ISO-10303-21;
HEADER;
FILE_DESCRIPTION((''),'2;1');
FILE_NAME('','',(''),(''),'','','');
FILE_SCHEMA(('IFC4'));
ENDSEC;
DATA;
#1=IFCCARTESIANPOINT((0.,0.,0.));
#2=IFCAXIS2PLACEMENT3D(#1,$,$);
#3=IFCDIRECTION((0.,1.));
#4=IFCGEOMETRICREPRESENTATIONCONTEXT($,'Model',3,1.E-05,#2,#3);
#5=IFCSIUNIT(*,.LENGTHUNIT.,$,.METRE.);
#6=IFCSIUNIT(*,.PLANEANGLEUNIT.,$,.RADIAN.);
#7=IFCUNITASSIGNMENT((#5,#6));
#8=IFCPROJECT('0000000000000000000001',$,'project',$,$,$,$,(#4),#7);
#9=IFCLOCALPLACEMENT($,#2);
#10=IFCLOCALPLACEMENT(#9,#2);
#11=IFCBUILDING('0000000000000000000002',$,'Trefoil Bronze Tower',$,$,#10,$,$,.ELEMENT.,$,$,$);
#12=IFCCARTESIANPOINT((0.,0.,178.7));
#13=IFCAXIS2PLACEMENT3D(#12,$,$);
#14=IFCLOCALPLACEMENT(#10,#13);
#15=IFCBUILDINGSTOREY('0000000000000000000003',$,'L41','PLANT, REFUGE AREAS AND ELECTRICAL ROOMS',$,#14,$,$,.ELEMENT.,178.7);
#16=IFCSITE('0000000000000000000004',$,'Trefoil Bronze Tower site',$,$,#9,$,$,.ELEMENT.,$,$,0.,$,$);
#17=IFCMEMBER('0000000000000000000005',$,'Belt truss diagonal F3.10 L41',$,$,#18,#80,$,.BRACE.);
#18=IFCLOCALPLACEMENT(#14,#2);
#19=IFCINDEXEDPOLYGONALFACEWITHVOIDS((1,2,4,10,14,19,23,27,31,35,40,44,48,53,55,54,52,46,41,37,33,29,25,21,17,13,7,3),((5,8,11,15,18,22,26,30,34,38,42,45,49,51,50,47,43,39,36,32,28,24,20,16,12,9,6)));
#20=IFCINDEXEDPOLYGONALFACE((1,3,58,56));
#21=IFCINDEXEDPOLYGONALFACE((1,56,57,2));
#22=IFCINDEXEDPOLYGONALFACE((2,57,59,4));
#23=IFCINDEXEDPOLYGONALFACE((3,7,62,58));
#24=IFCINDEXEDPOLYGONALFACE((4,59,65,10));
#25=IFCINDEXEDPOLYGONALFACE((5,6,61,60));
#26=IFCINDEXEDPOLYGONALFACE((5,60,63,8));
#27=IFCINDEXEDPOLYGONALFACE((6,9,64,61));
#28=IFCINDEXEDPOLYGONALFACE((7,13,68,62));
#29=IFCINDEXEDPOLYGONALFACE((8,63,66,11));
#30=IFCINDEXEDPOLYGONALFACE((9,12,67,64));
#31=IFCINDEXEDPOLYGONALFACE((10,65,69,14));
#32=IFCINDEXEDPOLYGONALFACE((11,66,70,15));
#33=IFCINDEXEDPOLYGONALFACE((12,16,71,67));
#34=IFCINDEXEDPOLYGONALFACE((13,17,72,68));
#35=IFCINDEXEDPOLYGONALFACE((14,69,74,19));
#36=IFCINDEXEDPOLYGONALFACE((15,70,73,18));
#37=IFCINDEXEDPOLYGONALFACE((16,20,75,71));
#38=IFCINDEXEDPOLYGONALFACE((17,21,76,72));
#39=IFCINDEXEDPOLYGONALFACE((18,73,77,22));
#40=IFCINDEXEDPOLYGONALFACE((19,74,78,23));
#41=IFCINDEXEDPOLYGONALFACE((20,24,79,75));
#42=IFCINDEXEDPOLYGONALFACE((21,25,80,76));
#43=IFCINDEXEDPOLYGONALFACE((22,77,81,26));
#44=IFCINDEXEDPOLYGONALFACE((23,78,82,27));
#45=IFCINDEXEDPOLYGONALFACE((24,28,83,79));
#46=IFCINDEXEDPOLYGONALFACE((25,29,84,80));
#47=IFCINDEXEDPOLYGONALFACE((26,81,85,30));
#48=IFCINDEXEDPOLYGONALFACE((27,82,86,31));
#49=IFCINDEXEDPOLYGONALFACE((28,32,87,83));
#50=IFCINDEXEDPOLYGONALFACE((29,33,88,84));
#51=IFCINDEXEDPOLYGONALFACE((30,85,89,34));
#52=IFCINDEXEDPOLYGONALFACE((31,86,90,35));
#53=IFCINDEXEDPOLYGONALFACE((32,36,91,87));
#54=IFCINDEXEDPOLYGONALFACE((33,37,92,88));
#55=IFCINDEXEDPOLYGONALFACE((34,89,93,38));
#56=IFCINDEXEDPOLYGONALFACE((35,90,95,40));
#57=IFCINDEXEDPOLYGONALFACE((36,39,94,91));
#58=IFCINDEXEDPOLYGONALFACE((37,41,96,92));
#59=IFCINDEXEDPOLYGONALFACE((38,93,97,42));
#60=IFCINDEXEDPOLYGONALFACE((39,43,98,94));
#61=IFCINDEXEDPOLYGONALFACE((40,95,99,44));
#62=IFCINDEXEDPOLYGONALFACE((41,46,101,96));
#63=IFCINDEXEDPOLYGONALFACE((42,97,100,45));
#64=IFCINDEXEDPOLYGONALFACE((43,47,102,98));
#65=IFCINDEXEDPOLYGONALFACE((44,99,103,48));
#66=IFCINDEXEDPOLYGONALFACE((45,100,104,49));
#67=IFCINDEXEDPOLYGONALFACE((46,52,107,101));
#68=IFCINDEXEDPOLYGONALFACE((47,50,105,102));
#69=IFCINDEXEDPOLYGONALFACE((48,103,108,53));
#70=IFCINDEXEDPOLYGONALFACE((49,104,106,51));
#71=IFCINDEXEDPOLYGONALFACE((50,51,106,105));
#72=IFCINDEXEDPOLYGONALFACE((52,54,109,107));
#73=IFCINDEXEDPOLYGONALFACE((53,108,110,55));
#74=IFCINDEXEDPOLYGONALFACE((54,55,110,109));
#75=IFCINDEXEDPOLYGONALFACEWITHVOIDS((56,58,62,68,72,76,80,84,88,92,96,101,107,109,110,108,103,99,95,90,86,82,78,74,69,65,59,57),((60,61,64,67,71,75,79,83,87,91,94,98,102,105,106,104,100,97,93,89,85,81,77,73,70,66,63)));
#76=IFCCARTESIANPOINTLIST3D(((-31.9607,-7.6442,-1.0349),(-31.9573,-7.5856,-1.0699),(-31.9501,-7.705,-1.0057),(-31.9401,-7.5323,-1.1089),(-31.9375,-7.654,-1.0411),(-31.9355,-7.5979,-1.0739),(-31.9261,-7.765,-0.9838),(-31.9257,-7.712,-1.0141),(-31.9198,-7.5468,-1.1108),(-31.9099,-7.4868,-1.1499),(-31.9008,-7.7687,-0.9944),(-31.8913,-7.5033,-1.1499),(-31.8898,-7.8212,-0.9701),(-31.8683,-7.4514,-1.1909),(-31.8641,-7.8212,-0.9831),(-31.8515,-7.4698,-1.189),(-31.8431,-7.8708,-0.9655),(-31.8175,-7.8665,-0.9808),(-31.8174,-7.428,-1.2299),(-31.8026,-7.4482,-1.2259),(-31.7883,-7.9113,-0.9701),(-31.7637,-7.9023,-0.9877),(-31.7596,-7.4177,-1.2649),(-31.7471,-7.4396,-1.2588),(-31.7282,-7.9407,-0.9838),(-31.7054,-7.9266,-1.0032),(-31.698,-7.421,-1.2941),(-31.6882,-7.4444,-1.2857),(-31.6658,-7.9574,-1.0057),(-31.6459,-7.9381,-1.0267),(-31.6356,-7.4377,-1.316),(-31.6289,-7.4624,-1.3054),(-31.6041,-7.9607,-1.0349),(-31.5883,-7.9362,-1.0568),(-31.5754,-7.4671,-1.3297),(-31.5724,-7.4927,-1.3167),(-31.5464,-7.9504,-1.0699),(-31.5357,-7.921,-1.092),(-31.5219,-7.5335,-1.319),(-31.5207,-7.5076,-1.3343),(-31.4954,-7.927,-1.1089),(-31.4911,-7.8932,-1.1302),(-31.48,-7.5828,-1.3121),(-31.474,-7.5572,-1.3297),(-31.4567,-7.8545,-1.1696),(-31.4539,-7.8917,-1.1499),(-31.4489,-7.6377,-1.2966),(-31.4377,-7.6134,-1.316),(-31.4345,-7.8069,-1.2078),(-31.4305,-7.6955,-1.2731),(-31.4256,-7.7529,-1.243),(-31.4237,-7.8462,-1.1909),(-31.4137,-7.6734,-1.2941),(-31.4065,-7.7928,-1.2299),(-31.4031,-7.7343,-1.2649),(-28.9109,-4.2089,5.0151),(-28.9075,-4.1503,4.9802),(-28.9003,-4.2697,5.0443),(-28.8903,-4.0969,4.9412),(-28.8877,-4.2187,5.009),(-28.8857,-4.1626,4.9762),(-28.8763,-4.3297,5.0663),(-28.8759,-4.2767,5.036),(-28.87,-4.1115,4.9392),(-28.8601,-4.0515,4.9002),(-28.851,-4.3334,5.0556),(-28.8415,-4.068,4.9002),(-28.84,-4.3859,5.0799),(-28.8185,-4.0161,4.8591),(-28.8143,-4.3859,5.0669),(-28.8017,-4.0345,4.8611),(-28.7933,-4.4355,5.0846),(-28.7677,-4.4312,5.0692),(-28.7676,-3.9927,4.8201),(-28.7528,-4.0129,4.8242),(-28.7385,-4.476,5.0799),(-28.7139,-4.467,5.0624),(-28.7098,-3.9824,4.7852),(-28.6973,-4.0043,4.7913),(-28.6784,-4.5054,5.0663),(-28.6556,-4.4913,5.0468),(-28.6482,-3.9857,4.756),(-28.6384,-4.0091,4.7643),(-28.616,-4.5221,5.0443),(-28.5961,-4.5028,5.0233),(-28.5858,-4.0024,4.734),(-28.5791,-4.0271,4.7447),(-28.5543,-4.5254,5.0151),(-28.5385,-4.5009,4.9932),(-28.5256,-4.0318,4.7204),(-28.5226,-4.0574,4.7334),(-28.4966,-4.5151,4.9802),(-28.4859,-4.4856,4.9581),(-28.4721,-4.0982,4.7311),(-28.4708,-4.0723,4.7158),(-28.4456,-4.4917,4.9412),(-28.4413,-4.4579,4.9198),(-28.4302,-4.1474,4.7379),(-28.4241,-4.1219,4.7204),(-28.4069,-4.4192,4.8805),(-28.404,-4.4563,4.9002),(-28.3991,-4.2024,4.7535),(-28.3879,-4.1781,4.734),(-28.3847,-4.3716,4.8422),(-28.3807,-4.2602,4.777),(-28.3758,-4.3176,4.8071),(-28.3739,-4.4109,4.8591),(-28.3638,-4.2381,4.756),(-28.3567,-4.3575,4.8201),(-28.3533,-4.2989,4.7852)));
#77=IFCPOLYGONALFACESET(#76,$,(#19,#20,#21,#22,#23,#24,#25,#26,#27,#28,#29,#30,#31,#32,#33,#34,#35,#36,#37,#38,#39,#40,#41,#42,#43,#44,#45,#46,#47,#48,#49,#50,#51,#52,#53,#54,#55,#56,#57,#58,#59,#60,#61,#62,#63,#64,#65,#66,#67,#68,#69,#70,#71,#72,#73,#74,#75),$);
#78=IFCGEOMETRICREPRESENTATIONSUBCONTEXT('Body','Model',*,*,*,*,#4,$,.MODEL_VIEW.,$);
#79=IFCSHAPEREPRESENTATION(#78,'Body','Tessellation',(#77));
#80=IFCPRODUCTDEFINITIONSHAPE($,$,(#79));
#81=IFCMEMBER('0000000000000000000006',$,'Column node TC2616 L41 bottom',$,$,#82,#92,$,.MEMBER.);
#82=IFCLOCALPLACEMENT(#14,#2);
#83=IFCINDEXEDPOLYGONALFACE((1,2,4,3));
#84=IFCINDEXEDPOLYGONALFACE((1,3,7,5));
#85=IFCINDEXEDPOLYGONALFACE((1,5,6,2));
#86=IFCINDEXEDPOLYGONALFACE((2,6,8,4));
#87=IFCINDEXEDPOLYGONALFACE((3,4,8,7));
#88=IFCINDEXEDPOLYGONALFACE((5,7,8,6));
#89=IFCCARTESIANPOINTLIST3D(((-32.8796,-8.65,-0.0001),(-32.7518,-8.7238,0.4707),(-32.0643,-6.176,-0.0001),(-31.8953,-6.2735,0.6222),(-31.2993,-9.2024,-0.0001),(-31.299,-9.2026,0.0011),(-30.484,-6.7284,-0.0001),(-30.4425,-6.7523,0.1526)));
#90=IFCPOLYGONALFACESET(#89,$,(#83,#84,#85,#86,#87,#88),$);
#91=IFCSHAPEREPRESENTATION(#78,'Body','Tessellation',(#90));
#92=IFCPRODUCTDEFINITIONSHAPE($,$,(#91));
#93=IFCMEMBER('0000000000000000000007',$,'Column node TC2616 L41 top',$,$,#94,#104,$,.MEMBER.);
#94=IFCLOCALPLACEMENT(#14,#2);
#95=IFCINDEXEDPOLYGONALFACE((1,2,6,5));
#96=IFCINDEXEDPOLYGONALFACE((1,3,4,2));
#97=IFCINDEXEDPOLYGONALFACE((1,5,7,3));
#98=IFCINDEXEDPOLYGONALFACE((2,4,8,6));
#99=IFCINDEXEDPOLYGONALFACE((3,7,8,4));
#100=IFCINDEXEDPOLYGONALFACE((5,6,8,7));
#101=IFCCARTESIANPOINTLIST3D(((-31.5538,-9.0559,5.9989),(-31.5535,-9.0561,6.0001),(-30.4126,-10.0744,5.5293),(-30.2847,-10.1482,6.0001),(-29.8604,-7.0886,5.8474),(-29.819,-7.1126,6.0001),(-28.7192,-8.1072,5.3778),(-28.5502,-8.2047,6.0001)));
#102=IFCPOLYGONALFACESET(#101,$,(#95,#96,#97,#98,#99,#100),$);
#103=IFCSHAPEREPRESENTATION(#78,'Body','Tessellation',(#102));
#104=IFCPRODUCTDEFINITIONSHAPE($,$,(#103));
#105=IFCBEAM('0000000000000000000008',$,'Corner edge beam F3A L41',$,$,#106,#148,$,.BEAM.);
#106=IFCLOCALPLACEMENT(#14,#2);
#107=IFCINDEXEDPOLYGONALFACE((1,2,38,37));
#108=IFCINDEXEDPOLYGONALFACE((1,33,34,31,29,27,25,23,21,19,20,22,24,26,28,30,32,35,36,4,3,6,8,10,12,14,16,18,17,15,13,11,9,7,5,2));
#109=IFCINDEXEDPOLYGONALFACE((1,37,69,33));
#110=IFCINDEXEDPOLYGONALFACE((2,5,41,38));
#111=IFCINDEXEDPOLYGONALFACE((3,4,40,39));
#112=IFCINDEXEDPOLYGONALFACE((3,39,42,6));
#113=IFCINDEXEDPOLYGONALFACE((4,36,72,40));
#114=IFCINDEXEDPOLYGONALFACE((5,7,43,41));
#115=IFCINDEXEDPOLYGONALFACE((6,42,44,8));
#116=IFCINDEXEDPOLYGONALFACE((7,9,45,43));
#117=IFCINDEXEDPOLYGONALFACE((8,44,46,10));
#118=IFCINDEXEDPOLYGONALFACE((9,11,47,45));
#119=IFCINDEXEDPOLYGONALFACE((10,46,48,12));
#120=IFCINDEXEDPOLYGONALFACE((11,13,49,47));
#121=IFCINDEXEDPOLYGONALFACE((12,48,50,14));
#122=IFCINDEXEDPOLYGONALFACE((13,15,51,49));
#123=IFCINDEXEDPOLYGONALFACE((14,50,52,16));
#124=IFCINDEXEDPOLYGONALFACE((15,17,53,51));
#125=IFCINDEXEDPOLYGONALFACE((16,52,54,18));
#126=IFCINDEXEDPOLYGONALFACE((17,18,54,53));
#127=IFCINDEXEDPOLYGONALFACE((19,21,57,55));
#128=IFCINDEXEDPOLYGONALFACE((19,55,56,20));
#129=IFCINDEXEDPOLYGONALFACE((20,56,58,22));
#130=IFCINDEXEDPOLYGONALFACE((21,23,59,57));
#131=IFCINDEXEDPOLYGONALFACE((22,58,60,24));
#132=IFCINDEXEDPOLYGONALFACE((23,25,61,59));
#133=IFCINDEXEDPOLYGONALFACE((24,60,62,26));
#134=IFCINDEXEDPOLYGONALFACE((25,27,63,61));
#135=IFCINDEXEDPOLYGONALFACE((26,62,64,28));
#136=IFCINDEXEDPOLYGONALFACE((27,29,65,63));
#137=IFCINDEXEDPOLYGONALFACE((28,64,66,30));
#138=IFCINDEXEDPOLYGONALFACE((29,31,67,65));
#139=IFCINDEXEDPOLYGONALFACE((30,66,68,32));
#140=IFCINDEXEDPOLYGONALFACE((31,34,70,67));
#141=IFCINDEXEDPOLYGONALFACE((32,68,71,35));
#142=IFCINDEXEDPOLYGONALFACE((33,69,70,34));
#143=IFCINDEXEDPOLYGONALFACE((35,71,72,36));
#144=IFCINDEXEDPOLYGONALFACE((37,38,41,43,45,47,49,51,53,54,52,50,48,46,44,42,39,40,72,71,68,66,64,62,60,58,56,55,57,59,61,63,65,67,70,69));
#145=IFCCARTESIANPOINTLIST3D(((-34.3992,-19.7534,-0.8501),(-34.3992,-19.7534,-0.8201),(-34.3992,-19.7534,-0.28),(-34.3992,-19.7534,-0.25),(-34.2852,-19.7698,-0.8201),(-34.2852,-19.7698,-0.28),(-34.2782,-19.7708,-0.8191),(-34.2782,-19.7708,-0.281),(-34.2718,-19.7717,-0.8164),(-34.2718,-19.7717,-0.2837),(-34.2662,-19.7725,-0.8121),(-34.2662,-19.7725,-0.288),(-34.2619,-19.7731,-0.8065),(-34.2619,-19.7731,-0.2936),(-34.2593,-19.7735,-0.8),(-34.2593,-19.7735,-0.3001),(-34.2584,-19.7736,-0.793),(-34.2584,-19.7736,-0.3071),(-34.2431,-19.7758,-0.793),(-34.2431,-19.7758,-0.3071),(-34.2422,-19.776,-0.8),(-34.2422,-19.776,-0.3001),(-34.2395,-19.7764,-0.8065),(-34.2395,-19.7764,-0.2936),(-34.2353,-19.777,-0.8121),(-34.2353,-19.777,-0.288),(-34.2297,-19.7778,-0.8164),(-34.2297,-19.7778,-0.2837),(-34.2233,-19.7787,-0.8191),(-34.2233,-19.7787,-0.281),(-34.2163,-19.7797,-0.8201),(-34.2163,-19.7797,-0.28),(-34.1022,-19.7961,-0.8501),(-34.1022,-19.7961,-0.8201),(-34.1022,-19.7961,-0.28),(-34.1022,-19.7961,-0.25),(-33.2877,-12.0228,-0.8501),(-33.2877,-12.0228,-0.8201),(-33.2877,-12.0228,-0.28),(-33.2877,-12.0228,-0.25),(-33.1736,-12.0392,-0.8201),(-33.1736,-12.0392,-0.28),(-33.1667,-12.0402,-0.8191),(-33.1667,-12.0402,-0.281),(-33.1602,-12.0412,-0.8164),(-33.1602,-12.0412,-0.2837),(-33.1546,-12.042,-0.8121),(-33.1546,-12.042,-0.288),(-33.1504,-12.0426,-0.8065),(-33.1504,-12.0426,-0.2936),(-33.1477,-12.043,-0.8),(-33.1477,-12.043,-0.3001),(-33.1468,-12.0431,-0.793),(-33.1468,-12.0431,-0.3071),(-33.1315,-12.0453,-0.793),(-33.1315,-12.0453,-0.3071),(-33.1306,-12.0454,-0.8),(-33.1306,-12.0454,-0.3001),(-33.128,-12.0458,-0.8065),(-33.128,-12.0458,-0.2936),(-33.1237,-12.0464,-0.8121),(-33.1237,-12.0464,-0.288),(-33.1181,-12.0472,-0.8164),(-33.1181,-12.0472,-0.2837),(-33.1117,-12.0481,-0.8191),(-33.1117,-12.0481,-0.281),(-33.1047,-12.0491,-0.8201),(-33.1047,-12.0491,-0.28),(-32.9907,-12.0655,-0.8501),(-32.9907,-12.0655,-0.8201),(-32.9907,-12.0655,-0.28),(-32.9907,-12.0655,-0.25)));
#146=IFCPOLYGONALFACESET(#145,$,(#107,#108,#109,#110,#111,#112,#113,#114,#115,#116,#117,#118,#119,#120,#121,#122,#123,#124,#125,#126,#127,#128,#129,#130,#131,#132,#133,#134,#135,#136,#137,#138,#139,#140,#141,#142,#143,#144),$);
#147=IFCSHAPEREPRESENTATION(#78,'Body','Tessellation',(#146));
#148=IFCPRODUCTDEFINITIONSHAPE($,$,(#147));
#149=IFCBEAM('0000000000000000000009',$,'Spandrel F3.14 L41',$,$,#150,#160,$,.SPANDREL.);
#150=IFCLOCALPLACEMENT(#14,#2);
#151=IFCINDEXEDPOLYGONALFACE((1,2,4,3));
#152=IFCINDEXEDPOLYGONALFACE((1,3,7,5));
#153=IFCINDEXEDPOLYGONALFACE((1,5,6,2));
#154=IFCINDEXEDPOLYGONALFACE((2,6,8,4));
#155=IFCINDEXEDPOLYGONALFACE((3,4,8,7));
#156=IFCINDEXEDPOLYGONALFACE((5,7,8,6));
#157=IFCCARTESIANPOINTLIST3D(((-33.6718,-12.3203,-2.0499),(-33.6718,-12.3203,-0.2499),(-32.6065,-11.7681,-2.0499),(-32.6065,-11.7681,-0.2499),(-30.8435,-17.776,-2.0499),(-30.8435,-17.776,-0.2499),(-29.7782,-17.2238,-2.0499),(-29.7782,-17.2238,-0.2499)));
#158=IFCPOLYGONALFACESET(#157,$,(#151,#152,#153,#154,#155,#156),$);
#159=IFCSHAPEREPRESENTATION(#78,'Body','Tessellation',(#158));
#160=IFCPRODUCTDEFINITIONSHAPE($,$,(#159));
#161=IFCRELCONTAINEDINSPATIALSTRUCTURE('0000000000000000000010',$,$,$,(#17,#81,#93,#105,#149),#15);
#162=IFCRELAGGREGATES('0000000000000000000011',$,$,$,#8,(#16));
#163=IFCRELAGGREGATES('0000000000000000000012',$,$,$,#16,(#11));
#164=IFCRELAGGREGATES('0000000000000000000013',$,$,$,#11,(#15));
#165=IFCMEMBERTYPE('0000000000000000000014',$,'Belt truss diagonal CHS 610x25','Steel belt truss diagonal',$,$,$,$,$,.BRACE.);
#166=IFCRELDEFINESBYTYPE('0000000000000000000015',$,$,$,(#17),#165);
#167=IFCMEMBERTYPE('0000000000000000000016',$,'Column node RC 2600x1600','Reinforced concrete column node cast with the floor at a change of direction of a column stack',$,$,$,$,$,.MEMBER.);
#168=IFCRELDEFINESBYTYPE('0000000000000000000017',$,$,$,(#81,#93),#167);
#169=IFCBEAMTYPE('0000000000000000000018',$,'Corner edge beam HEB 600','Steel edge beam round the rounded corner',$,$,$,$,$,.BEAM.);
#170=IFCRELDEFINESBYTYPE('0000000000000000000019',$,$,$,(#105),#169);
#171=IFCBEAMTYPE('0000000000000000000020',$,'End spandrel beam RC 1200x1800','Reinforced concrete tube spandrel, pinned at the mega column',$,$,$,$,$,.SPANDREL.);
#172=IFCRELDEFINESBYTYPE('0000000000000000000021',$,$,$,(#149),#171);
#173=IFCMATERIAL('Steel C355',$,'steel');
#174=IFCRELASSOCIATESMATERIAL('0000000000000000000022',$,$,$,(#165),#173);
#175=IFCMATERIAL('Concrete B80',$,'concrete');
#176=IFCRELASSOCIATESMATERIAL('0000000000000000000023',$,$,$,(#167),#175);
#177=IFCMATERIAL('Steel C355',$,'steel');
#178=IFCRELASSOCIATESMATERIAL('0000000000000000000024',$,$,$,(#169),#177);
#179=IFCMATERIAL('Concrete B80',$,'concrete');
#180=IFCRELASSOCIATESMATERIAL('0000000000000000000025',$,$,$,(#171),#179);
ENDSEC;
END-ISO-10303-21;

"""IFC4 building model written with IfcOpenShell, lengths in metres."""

from ifc_helpers import new_model, si_unit, direction, frame, origin, origin_2d, place, context, subcontext, project, spatial, rectangle, hollow_circle, i_section, extrude, clip, halfspace, material, material_profile, profile_set, type_object, element, save


model = new_model("IFC4")

# Units and contexts
model_context = context("Model", 3, precision=1e-05, world=origin(), true_north=direction((0.0, 1.0)))
body_context = subcontext(model_context, "Body", "Model", "MODEL_VIEW")
ifc_project = project(units=[si_unit("LENGTHUNIT", "METRE"), si_unit("PLANEANGLEUNIT", "RADIAN")], contexts=[model_context])

# Site, building, storey
site_placement = place(None, origin())
site = spatial("IfcSite", under=ifc_project, at=site_placement, Name="Trefoil Bronze Tower site", CompositionType="ELEMENT", RefElevation=0.0)
building_placement = place(site_placement, origin())
building = spatial("IfcBuilding", under=site, at=building_placement, Name="Trefoil Bronze Tower", CompositionType="ELEMENT")
storey_placement = place(building_placement, frame((0.0, 0.0, 178.7)))
storey = spatial("IfcBuildingStorey", under=building, at=storey_placement, Name="L41", Description="PLANT, REFUGE AREAS AND ELECTRICAL ROOMS", CompositionType="ELEMENT", Elevation=178.7)

# Members
ifc_material_1 = material(Name="Steel C355", Category="steel")
ifc_material_profile_1 = material_profile(ifc_material_1, hollow_circle(Radius=0.3049, WallThickness=0.0249, at=origin_2d()), Name="CHS 610x25")
ifc_profile_set_1 = profile_set([ifc_material_profile_1], Name="Steel C355")
member_type_1 = type_object("IfcMemberType", Name="Belt truss diagonal CHS 610x25", Description="Steel belt truss diagonal", PredefinedType="BRACE", material=ifc_profile_set_1)
member_1_placement = place(storey_placement, frame((-31.6819, -7.6892, -1.1499), z_axis=(0.401479, 0.452226, 0.796433), x_axis=(-0.74782, 0.663902, 0.0)))
element("IfcMember", 1, at=member_1_placement, inside=storey, type_object=member_type_1, Name="Belt truss diagonal F3.10 L41", PredefinedType="BRACE", context=body_context, shape_type="SweptSolid", body=[
    extrude(hollow_circle(Radius=0.3049, WallThickness=0.0249, at=origin_2d()), origin(), (0.0, 0.0, 1.0), 7.5964),
])
ifc_material_2 = material(Name="Concrete B80", Category="concrete")
ifc_material_profile_2 = material_profile(ifc_material_2, rectangle(XDim=2.6001, YDim=1.6001, at=origin_2d()), Name="RC 2600x1600")
ifc_profile_set_2 = profile_set([ifc_material_profile_2], Name="Concrete B80")
member_type_2 = type_object("IfcMemberType", Name="Column node RC 2600x1600", Description="Reinforced concrete column node cast with the floor at a change of direction of a column stack", PredefinedType="MEMBER", material=ifc_profile_set_2)
member_2_placement = place(storey_placement, frame((-31.7664, -7.6404, -0.3115), z_axis=(0.259114, -0.149561, 0.954197), x_axis=(-0.329393, -0.942394, -0.058263)))
element("IfcMember", 2, at=member_2_placement, inside=storey, type_object=member_type_2, Name="Column node TC2616 L41 bottom", PredefinedType="MEMBER", context=body_context, shape_type="Clipping", body=[
    clip(extrude(rectangle(XDim=2.6001, YDim=1.6001, at=origin_2d()), origin(), (0.0, 0.0, 1.0), 0.6531), halfspace(frame((0.0, 0.0, 0.3264), z_axis=(-0.058263, -0.293451, 0.954197), x_axis=(0.0, 0.955821, 0.293951)), True)),
])
member_3_placement = place(storey_placement, frame((-29.9673, -8.6792, 6.3115), z_axis=(-0.259114, 0.149561, -0.954197), x_axis=(0.65127, 0.756606, -0.058263)))
element("IfcMember", 3, at=member_3_placement, inside=storey, type_object=member_type_2, Name="Column node TC2616 L41 top", PredefinedType="MEMBER", context=body_context, shape_type="Clipping", body=[
    clip(extrude(rectangle(XDim=2.6001, YDim=1.6001, at=origin_2d()), origin(), (0.0, 0.0, 1.0), 0.6531), halfspace(frame((0.0, 0.0, 0.3264), z_axis=(0.058263, 0.293451, 0.954197), x_axis=(0.0, 0.955821, -0.293951)), True)),
])

# Beams
ifc_material_3 = material(Name="Steel C355", Category="steel")
ifc_material_profile_3 = material_profile(ifc_material_3, i_section(OverallWidth=0.3, OverallDepth=0.6001, WebThickness=0.0154, FlangeThickness=0.03, FilletRadius=0.0271, at=origin_2d()), Name="HEB 600")
ifc_profile_set_3 = profile_set([ifc_material_profile_3], Name="Steel C355")
beam_type_1 = type_object("IfcBeamType", Name="Corner edge beam HEB 600", Description="Steel edge beam round the rounded corner", PredefinedType="BEAM", material=ifc_profile_set_3)
beam_1_placement = place(storey_placement, frame((-33.1392, -12.0442, -0.55), z_axis=(-0.142327, -0.98982, 0.0), x_axis=(0.98982, -0.142327, 0.0)))
element("IfcBeam", 4, at=beam_1_placement, inside=storey, type_object=beam_type_1, Name="Corner edge beam F3A L41", PredefinedType="BEAM", context=body_context, shape_type="SweptSolid", body=[
    extrude(i_section(OverallWidth=0.3, OverallDepth=0.6001, WebThickness=0.0154, FlangeThickness=0.03, FilletRadius=0.0271, at=origin_2d()), origin(), (0.0, 0.0, 1.0), 7.8101),
])
ifc_material_4 = material(Name="Concrete B80", Category="concrete")
ifc_material_profile_4 = material_profile(ifc_material_4, rectangle(XDim=1.2, YDim=1.8, at=origin_2d()), Name="RC 1200x1800")
ifc_profile_set_4 = profile_set([ifc_material_profile_4], Name="Concrete B80")
beam_type_2 = type_object("IfcBeamType", Name="End spandrel beam RC 1200x1800", Description="Reinforced concrete tube spandrel, pinned at the mega column", PredefinedType="SPANDREL", material=ifc_profile_set_4)
beam_2_placement = place(storey_placement, frame((-33.1392, -12.0442, -1.1499), z_axis=(0.460244, -0.887792, 0.0), x_axis=(0.887792, 0.460244, 0.0)))
element("IfcBeam", 5, at=beam_2_placement, inside=storey, type_object=beam_type_2, Name="Spandrel F3.14 L41", PredefinedType="SPANDREL", context=body_context, shape_type="SweptSolid", body=[
    extrude(rectangle(XDim=1.2, YDim=1.8, at=origin_2d()), origin(), (0.0, 0.0, 1.0), 6.1453),
])

save(model, "model.ifc")
